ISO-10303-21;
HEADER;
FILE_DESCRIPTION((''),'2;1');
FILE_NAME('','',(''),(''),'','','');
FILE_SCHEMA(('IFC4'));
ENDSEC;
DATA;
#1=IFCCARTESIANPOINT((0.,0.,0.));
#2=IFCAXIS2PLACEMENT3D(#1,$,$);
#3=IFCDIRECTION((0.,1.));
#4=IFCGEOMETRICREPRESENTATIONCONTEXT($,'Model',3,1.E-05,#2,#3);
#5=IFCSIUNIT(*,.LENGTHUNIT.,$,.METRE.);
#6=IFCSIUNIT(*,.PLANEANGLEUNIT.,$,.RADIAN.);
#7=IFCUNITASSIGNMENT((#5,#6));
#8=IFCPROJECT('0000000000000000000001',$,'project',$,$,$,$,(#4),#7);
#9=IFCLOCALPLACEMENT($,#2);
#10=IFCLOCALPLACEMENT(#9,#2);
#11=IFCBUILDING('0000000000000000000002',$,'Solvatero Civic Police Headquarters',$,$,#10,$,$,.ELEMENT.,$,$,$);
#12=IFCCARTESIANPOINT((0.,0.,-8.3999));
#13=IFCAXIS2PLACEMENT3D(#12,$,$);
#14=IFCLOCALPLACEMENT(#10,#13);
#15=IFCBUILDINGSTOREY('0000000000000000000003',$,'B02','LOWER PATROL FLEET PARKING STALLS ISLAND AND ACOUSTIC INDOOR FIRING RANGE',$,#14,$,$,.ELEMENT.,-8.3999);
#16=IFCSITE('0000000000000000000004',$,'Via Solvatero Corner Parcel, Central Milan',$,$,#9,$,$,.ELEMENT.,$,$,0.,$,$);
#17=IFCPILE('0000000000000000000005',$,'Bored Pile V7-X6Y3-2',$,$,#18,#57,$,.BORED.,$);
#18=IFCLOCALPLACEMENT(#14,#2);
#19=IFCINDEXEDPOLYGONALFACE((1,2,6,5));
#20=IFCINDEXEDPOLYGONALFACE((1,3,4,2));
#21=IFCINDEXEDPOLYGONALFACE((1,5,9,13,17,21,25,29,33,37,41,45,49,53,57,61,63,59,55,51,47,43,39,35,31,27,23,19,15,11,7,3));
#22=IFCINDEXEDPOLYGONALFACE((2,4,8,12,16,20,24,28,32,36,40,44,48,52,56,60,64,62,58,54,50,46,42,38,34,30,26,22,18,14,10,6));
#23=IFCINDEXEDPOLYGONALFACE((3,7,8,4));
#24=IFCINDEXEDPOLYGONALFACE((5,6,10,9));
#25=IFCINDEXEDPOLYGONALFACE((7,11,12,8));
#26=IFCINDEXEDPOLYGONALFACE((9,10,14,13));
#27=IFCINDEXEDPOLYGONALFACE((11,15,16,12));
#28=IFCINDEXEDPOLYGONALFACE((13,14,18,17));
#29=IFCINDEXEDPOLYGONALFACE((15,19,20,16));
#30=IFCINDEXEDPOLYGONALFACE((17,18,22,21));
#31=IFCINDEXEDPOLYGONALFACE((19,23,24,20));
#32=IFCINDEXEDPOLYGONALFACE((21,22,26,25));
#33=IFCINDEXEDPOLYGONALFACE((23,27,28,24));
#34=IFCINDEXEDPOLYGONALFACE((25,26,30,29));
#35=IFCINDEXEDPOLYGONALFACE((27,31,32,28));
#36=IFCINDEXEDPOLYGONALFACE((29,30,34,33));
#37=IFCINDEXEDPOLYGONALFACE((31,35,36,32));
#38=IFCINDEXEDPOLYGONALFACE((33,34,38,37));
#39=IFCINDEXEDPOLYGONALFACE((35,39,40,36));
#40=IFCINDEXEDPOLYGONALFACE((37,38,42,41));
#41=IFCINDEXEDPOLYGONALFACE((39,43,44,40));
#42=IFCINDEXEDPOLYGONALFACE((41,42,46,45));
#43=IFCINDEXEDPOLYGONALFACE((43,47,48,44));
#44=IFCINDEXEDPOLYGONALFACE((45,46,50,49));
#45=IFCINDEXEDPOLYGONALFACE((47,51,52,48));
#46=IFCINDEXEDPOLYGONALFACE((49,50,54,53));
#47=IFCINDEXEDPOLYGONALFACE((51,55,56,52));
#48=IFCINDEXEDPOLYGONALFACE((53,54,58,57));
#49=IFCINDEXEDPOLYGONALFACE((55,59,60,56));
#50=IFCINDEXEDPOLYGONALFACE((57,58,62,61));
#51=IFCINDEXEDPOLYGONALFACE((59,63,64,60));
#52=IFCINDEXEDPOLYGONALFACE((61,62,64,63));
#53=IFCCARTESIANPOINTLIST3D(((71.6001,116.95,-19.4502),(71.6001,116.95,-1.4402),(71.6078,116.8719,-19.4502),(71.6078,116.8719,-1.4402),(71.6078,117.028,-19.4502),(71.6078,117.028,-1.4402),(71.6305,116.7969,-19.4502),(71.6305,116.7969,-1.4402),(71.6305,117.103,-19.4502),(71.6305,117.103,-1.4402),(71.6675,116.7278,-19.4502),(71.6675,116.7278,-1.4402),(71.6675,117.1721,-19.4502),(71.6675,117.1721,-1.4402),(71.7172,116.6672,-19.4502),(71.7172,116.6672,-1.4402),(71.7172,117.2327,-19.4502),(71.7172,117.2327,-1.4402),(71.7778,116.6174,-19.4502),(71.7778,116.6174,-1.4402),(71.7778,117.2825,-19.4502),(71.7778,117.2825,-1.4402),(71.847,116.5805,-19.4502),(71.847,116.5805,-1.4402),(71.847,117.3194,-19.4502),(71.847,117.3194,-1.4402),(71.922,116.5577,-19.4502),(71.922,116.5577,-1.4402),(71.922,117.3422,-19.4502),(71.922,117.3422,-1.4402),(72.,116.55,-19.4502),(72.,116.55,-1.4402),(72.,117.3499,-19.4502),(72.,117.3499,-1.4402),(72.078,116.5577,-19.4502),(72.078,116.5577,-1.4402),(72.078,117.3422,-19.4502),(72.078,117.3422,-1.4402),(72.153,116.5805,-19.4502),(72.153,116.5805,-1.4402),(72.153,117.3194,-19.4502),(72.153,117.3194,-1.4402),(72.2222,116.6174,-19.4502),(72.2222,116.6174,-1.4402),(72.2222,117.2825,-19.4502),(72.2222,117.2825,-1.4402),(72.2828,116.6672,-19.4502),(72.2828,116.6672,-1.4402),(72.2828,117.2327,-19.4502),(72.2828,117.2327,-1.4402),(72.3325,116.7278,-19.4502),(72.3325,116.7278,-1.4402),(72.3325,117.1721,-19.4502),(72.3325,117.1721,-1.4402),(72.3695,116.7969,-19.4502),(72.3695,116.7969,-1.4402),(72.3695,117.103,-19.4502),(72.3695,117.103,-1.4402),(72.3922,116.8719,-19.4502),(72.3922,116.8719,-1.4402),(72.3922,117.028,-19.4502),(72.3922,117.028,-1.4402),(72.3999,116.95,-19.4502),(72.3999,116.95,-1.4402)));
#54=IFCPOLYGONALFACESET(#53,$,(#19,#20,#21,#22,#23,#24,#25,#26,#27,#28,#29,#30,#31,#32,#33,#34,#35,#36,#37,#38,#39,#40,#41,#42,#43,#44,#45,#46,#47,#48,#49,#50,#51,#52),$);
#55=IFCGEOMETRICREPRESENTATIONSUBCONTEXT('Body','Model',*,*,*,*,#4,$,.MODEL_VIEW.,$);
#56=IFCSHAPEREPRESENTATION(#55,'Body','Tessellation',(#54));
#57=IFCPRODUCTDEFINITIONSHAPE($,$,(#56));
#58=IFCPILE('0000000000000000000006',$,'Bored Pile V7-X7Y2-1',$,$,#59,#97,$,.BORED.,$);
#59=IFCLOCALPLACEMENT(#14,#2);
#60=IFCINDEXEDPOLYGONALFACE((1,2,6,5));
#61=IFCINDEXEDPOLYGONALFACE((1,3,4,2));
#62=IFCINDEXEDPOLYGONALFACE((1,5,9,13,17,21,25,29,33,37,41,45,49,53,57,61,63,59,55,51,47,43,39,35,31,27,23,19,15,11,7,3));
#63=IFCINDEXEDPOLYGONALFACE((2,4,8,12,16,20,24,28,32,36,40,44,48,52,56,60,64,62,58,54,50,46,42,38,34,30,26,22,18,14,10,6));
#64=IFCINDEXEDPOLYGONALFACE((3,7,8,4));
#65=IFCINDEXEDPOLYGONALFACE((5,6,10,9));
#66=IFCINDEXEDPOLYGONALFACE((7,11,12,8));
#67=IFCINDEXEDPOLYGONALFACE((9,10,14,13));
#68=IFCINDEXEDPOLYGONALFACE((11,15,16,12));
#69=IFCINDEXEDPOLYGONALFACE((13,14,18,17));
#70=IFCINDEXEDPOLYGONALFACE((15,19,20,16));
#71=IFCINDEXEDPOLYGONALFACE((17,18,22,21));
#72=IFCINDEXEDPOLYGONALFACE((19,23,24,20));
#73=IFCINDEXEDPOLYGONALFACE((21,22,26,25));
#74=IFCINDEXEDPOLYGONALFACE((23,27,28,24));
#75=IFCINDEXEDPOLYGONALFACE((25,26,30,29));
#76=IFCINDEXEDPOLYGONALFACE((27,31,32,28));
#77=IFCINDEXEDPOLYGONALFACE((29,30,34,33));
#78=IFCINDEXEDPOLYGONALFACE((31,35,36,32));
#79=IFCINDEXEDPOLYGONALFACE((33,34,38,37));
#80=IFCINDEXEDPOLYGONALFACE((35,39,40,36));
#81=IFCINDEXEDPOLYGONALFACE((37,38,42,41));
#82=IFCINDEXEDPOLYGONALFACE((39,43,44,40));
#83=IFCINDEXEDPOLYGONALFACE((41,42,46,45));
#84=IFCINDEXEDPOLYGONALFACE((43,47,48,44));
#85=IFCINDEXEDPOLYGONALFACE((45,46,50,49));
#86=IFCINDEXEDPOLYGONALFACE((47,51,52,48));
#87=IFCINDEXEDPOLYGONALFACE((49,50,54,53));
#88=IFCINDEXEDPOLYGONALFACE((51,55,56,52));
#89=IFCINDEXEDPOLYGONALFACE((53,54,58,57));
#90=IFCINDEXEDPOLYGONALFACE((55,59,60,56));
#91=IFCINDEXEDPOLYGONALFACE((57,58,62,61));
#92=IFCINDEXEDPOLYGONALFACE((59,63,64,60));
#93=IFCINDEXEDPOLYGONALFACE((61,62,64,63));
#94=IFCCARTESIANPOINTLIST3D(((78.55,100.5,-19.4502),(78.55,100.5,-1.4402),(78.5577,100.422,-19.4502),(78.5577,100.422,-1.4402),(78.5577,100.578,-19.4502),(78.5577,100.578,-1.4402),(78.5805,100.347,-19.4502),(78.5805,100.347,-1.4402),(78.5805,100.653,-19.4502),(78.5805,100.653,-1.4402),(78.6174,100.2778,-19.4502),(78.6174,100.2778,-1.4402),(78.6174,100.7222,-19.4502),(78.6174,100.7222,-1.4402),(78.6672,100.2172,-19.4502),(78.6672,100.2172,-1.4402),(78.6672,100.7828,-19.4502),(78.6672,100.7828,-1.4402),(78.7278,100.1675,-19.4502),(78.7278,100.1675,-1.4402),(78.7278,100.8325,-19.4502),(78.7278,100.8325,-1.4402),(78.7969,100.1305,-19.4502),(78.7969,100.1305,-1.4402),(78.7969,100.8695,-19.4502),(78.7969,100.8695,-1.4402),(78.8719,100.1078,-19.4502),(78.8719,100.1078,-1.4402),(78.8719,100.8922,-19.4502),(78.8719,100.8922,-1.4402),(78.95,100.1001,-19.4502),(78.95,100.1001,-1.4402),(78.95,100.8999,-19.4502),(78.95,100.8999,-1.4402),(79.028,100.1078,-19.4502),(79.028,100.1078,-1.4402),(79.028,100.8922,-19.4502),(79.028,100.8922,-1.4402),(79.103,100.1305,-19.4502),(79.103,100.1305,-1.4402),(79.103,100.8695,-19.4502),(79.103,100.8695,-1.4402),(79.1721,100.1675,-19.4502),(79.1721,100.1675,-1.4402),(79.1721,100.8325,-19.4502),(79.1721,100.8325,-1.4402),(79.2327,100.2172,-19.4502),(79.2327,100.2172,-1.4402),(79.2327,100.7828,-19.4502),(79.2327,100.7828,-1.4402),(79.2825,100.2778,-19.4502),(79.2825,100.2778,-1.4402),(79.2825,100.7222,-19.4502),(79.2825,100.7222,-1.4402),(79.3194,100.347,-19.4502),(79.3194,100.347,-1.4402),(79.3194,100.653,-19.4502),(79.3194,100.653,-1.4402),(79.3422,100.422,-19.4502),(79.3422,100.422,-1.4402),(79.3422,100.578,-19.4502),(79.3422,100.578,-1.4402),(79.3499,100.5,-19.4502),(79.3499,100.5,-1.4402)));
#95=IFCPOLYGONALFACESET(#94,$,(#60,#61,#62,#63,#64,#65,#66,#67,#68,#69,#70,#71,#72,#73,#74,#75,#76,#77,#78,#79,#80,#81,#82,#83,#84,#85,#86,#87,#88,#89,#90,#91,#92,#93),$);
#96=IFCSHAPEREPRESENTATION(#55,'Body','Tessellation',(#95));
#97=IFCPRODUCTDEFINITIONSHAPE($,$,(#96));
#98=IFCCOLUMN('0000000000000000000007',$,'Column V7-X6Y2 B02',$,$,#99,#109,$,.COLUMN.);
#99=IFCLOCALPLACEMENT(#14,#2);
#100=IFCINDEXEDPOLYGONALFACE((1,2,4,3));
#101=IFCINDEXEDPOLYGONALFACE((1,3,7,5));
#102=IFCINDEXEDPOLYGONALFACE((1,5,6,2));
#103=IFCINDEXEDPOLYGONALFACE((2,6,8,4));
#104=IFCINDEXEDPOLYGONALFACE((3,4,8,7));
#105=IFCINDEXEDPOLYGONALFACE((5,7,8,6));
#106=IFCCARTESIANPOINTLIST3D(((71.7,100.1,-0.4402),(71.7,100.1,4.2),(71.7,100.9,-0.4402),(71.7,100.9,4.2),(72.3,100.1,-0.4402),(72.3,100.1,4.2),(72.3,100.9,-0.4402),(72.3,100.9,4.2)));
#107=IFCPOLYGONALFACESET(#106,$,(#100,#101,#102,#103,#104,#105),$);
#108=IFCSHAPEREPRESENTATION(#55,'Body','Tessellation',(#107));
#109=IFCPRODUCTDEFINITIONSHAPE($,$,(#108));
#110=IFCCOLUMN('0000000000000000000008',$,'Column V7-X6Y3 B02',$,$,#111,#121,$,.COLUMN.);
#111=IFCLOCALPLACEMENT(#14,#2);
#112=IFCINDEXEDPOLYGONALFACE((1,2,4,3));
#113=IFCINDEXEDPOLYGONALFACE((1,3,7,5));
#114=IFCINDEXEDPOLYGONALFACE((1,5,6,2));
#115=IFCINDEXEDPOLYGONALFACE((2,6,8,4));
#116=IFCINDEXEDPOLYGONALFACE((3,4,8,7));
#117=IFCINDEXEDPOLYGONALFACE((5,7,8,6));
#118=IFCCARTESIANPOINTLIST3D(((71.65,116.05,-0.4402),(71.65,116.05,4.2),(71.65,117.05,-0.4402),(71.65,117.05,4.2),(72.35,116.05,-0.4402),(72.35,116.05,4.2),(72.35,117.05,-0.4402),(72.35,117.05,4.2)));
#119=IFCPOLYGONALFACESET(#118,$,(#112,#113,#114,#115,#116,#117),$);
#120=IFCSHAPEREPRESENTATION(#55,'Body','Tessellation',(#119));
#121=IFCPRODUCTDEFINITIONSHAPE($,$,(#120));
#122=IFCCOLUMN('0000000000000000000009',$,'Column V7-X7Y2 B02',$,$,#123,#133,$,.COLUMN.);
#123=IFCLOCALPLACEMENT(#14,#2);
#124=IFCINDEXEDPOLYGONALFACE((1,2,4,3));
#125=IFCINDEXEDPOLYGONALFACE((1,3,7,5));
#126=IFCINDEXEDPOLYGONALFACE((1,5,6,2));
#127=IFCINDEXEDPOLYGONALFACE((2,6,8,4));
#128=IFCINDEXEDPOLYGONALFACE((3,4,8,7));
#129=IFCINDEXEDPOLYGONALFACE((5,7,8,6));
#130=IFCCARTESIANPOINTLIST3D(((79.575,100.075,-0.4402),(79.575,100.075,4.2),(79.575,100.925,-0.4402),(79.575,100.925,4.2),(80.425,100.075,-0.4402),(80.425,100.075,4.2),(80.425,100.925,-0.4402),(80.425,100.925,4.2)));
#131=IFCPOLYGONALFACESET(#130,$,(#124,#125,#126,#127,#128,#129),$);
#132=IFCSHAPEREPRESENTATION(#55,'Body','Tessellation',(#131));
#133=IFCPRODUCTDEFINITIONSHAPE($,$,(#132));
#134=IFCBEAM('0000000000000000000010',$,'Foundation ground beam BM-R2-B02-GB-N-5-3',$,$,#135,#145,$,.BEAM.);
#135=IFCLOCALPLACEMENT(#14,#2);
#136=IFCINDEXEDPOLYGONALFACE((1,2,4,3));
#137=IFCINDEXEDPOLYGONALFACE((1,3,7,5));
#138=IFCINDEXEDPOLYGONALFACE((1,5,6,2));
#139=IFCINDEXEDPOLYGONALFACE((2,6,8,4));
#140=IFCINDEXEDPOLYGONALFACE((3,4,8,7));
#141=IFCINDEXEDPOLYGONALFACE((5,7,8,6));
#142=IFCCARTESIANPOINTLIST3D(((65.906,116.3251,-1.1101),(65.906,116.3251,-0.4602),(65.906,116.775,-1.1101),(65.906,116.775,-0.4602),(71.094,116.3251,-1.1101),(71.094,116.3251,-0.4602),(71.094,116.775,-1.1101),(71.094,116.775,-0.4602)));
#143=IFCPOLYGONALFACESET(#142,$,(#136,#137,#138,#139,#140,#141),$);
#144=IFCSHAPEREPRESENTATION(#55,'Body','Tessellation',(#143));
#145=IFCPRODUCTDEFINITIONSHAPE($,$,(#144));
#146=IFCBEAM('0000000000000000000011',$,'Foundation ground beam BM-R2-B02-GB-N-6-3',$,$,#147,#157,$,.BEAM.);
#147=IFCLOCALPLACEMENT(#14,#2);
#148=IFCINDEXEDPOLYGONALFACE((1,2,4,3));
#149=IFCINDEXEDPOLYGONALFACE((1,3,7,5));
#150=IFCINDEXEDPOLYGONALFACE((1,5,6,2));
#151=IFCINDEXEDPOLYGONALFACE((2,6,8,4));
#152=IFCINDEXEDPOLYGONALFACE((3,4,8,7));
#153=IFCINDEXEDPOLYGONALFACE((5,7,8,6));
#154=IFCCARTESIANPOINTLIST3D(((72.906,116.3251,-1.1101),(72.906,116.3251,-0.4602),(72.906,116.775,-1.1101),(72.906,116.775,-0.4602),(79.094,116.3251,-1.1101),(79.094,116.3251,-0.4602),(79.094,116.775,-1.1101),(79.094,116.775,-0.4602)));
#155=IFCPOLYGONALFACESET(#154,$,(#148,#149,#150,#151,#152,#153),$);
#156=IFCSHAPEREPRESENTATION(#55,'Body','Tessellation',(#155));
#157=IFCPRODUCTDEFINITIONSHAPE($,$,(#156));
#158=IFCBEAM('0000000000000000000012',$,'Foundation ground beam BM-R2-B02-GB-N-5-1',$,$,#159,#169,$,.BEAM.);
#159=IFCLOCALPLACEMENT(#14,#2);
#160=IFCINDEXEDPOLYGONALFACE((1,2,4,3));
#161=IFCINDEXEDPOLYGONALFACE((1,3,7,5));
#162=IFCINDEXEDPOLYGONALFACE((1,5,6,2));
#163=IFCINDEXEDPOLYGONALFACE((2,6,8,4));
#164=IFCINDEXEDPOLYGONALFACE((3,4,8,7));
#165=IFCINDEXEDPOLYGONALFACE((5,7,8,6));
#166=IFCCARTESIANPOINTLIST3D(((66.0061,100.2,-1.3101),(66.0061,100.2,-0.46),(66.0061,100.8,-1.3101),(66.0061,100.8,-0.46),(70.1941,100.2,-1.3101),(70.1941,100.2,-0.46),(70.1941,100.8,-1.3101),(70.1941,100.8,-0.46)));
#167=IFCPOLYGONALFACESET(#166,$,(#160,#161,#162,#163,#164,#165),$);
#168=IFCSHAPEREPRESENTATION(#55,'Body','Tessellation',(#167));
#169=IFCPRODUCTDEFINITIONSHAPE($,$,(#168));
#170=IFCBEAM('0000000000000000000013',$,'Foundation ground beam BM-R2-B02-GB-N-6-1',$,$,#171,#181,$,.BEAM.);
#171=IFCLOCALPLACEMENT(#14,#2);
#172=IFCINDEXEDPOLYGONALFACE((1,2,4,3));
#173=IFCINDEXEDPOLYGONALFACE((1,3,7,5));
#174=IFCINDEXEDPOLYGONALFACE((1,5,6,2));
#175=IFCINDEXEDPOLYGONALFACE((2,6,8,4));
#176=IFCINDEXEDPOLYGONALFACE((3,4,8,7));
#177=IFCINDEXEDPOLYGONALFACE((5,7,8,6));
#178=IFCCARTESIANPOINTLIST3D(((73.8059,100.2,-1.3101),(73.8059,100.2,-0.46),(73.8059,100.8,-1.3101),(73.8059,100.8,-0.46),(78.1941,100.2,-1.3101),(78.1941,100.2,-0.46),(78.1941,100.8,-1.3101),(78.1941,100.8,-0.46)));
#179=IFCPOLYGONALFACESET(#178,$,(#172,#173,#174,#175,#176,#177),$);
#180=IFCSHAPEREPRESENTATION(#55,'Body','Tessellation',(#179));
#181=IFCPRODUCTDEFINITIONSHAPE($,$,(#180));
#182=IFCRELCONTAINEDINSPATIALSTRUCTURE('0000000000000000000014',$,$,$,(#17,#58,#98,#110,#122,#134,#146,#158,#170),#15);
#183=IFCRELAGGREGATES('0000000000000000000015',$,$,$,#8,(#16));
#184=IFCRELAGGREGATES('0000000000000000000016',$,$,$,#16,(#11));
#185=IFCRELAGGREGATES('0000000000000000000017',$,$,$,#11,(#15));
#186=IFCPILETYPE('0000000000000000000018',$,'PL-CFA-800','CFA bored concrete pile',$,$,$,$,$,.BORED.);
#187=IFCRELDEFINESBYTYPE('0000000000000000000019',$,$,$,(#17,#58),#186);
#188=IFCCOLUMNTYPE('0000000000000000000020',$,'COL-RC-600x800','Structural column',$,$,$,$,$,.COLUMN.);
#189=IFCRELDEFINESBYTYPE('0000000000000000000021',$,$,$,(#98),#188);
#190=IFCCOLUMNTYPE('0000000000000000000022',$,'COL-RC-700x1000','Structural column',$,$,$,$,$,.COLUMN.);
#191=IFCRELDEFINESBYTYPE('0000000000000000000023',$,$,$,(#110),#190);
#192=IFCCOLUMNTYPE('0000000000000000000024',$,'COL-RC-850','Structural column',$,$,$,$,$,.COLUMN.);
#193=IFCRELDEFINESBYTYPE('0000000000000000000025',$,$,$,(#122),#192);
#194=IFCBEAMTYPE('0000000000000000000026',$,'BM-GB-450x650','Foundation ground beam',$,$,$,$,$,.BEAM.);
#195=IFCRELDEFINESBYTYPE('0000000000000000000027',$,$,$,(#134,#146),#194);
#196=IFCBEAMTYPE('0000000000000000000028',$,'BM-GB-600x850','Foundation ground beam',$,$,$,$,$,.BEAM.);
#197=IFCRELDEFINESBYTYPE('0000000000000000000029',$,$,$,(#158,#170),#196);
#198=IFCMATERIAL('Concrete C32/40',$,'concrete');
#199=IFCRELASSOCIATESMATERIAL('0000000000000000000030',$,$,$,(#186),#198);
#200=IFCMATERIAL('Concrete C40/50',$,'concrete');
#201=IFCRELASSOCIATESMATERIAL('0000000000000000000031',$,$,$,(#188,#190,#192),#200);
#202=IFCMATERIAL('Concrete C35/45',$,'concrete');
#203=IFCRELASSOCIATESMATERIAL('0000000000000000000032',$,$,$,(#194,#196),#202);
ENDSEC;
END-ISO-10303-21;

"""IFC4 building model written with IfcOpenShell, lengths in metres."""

from ifc_helpers import new_model, si_unit, direction, frame, origin, origin_2d, place, context, subcontext, project, spatial, rectangle, circle, extrude, material, material_profile, profile_set, type_object, element, save


model = new_model("IFC4")

# Units and contexts
model_context = context("Model", 3, precision=1e-05, world=origin(), true_north=direction((0.0, 1.0)))
body_context = subcontext(model_context, "Body", "Model", "MODEL_VIEW")
ifc_project = project(units=[si_unit("LENGTHUNIT", "METRE"), si_unit("PLANEANGLEUNIT", "RADIAN")], contexts=[model_context])

# Site, building, storey
site_placement = place(None, origin())
site = spatial("IfcSite", under=ifc_project, at=site_placement, Name="Via Solvatero Corner Parcel, Central Milan", CompositionType="ELEMENT", RefElevation=0.0)
building_placement = place(site_placement, origin())
building = spatial("IfcBuilding", under=site, at=building_placement, Name="Solvatero Civic Police Headquarters", CompositionType="ELEMENT")
storey_placement = place(building_placement, frame((0.0, 0.0, -8.3999)))
storey = spatial("IfcBuildingStorey", under=building, at=storey_placement, Name="B02", Description="LOWER PATROL FLEET PARKING STALLS ISLAND AND ACOUSTIC INDOOR FIRING RANGE", CompositionType="ELEMENT", Elevation=-8.3999)

# Shared definitions
ifc_material_1 = material(Name="Concrete C35/45", Category="concrete")

# Piles
ifc_material_2 = material(Name="Concrete C32/40", Category="concrete")
ifc_material_profile_1 = material_profile(ifc_material_2, circle(Radius=0.3999, at=origin_2d()), Name="CFA PILE D800")
ifc_profile_set_1 = profile_set([ifc_material_profile_1], Name="Concrete C32/40")
pile_type = type_object("IfcPileType", Name="PL-CFA-800", Description="CFA bored concrete pile", PredefinedType="BORED", material=ifc_profile_set_1)
for number, where, z_axis, x_axis, name in (
    (1, (72.0, 116.95, -1.4402), (0.0, 0.0, -1.0), (1.0, 0.0, 0.0), "Bored Pile V7-X6Y3-2"),
    (2, (78.95, 100.5, -1.4402), (0.0, 0.0, -1.0), (1.0, 0.0, 0.0), "Bored Pile V7-X7Y2-1"),
):
    element("IfcPile", number, at=place(storey_placement, frame(where, z_axis=z_axis, x_axis=x_axis)), inside=storey, type_object=pile_type, Name=name, PredefinedType="BORED", context=body_context, shape_type="SweptSolid", body=[
        extrude(circle(Radius=0.3999, at=origin_2d()), origin(), (0.0, 0.0, 1.0), 18.01),
    ])

# Columns
ifc_material_3 = material(Name="Concrete C40/50", Category="concrete")
ifc_material_profile_2 = material_profile(ifc_material_3, rectangle(XDim=0.6001, YDim=0.8, at=origin_2d()), Name="RC 600x800")
ifc_profile_set_2 = profile_set([ifc_material_profile_2], Name="Concrete C40/50")
column_type_1 = type_object("IfcColumnType", Name="COL-RC-600x800", Description="Structural column", PredefinedType="COLUMN", material=ifc_profile_set_2)
column_1_placement = place(storey_placement, frame((72.0, 100.5, -0.4402), z_axis=(0.0, 0.0, 1.0), x_axis=(1.0, 0.0, 0.0)))
element("IfcColumn", 3, at=column_1_placement, inside=storey, type_object=column_type_1, Name="Column V7-X6Y2 B02", PredefinedType="COLUMN", context=body_context, shape_type="SweptSolid", body=[
    extrude(rectangle(XDim=0.6001, YDim=0.8, at=origin_2d()), origin(), (0.0, 0.0, 1.0), 4.6401),
])
ifc_material_profile_3 = material_profile(ifc_material_3, rectangle(XDim=0.7, YDim=1.0, at=origin_2d()), Name="RC 700x1000")
ifc_profile_set_3 = profile_set([ifc_material_profile_3], Name="Concrete C40/50")
column_type_2 = type_object("IfcColumnType", Name="COL-RC-700x1000", Description="Structural column", PredefinedType="COLUMN", material=ifc_profile_set_3)
column_2_placement = place(storey_placement, frame((72.0, 116.55, -0.4402), z_axis=(0.0, 0.0, 1.0), x_axis=(1.0, 0.0, 0.0)))
element("IfcColumn", 4, at=column_2_placement, inside=storey, type_object=column_type_2, Name="Column V7-X6Y3 B02", PredefinedType="COLUMN", context=body_context, shape_type="SweptSolid", body=[
    extrude(rectangle(XDim=0.7, YDim=1.0, at=origin_2d()), origin(), (0.0, 0.0, 1.0), 4.6401),
])
ifc_material_profile_4 = material_profile(ifc_material_3, rectangle(XDim=0.8501, YDim=0.8501, at=origin_2d()), Name="RC 850x850")
ifc_profile_set_4 = profile_set([ifc_material_profile_4], Name="Concrete C40/50")
column_type_3 = type_object("IfcColumnType", Name="COL-RC-850", Description="Structural column", PredefinedType="COLUMN", material=ifc_profile_set_4)
column_3_placement = place(storey_placement, frame((80.0, 100.5, -0.4402), z_axis=(0.0, 0.0, 1.0), x_axis=(1.0, 0.0, 0.0)))
element("IfcColumn", 5, at=column_3_placement, inside=storey, type_object=column_type_3, Name="Column V7-X7Y2 B02", PredefinedType="COLUMN", context=body_context, shape_type="SweptSolid", body=[
    extrude(rectangle(XDim=0.8501, YDim=0.8501, at=origin_2d()), origin(), (0.0, 0.0, 1.0), 4.6401),
])

# Beams
ifc_material_profile_5 = material_profile(ifc_material_1, rectangle(XDim=0.45, YDim=0.6499, at=origin_2d()), Name="GB 450x650")
ifc_profile_set_5 = profile_set([ifc_material_profile_5], Name="Concrete C35/45")
beam_type_1 = type_object("IfcBeamType", Name="BM-GB-450x650", Description="Foundation ground beam", PredefinedType="BEAM", material=ifc_profile_set_5)
beam_1_placement = place(storey_placement, frame((65.906, 116.55, -0.7852), z_axis=(1.0, 0.0, 0.0), x_axis=(0.0, 1.0, 0.0)))
element("IfcBeam", 6, at=beam_1_placement, inside=storey, type_object=beam_type_1, Name="Foundation ground beam BM-R2-B02-GB-N-5-3", PredefinedType="BEAM", context=body_context, shape_type="SweptSolid", body=[
    extrude(rectangle(XDim=0.45, YDim=0.6499, at=origin_2d()), origin(), (0.0, 0.0, 1.0), 5.188),
])
beam_2_placement = place(storey_placement, frame((72.906, 116.55, -0.7852), z_axis=(1.0, 0.0, 0.0), x_axis=(0.0, 1.0, 0.0)))
element("IfcBeam", 7, at=beam_2_placement, inside=storey, type_object=beam_type_1, Name="Foundation ground beam BM-R2-B02-GB-N-6-3", PredefinedType="BEAM", context=body_context, shape_type="SweptSolid", body=[
    extrude(rectangle(XDim=0.45, YDim=0.6499, at=origin_2d()), origin(), (0.0, 0.0, 1.0), 6.188),
])
ifc_material_profile_6 = material_profile(ifc_material_1, rectangle(XDim=0.6001, YDim=0.8501, at=origin_2d()), Name="GB 600x850")
ifc_profile_set_6 = profile_set([ifc_material_profile_6], Name="Concrete C35/45")
beam_type_2 = type_object("IfcBeamType", Name="BM-GB-600x850", Description="Foundation ground beam", PredefinedType="BEAM", material=ifc_profile_set_6)
beam_3_placement = place(storey_placement, frame((66.0061, 100.5, -0.885), z_axis=(1.0, 0.0, 0.0), x_axis=(0.0, 1.0, 0.0)))
element("IfcBeam", 8, at=beam_3_placement, inside=storey, type_object=beam_type_2, Name="Foundation ground beam BM-R2-B02-GB-N-5-1", PredefinedType="BEAM", context=body_context, shape_type="SweptSolid", body=[
    extrude(rectangle(XDim=0.6001, YDim=0.8501, at=origin_2d()), origin(), (0.0, 0.0, 1.0), 4.188),
])
beam_4_placement = place(storey_placement, frame((73.8059, 100.5, -0.885), z_axis=(1.0, 0.0, 0.0), x_axis=(0.0, 1.0, 0.0)))
element("IfcBeam", 9, at=beam_4_placement, inside=storey, type_object=beam_type_2, Name="Foundation ground beam BM-R2-B02-GB-N-6-1", PredefinedType="BEAM", context=body_context, shape_type="SweptSolid", body=[
    extrude(rectangle(XDim=0.6001, YDim=0.8501, at=origin_2d()), origin(), (0.0, 0.0, 1.0), 4.3882),
])

save(model, "model.ifc")
